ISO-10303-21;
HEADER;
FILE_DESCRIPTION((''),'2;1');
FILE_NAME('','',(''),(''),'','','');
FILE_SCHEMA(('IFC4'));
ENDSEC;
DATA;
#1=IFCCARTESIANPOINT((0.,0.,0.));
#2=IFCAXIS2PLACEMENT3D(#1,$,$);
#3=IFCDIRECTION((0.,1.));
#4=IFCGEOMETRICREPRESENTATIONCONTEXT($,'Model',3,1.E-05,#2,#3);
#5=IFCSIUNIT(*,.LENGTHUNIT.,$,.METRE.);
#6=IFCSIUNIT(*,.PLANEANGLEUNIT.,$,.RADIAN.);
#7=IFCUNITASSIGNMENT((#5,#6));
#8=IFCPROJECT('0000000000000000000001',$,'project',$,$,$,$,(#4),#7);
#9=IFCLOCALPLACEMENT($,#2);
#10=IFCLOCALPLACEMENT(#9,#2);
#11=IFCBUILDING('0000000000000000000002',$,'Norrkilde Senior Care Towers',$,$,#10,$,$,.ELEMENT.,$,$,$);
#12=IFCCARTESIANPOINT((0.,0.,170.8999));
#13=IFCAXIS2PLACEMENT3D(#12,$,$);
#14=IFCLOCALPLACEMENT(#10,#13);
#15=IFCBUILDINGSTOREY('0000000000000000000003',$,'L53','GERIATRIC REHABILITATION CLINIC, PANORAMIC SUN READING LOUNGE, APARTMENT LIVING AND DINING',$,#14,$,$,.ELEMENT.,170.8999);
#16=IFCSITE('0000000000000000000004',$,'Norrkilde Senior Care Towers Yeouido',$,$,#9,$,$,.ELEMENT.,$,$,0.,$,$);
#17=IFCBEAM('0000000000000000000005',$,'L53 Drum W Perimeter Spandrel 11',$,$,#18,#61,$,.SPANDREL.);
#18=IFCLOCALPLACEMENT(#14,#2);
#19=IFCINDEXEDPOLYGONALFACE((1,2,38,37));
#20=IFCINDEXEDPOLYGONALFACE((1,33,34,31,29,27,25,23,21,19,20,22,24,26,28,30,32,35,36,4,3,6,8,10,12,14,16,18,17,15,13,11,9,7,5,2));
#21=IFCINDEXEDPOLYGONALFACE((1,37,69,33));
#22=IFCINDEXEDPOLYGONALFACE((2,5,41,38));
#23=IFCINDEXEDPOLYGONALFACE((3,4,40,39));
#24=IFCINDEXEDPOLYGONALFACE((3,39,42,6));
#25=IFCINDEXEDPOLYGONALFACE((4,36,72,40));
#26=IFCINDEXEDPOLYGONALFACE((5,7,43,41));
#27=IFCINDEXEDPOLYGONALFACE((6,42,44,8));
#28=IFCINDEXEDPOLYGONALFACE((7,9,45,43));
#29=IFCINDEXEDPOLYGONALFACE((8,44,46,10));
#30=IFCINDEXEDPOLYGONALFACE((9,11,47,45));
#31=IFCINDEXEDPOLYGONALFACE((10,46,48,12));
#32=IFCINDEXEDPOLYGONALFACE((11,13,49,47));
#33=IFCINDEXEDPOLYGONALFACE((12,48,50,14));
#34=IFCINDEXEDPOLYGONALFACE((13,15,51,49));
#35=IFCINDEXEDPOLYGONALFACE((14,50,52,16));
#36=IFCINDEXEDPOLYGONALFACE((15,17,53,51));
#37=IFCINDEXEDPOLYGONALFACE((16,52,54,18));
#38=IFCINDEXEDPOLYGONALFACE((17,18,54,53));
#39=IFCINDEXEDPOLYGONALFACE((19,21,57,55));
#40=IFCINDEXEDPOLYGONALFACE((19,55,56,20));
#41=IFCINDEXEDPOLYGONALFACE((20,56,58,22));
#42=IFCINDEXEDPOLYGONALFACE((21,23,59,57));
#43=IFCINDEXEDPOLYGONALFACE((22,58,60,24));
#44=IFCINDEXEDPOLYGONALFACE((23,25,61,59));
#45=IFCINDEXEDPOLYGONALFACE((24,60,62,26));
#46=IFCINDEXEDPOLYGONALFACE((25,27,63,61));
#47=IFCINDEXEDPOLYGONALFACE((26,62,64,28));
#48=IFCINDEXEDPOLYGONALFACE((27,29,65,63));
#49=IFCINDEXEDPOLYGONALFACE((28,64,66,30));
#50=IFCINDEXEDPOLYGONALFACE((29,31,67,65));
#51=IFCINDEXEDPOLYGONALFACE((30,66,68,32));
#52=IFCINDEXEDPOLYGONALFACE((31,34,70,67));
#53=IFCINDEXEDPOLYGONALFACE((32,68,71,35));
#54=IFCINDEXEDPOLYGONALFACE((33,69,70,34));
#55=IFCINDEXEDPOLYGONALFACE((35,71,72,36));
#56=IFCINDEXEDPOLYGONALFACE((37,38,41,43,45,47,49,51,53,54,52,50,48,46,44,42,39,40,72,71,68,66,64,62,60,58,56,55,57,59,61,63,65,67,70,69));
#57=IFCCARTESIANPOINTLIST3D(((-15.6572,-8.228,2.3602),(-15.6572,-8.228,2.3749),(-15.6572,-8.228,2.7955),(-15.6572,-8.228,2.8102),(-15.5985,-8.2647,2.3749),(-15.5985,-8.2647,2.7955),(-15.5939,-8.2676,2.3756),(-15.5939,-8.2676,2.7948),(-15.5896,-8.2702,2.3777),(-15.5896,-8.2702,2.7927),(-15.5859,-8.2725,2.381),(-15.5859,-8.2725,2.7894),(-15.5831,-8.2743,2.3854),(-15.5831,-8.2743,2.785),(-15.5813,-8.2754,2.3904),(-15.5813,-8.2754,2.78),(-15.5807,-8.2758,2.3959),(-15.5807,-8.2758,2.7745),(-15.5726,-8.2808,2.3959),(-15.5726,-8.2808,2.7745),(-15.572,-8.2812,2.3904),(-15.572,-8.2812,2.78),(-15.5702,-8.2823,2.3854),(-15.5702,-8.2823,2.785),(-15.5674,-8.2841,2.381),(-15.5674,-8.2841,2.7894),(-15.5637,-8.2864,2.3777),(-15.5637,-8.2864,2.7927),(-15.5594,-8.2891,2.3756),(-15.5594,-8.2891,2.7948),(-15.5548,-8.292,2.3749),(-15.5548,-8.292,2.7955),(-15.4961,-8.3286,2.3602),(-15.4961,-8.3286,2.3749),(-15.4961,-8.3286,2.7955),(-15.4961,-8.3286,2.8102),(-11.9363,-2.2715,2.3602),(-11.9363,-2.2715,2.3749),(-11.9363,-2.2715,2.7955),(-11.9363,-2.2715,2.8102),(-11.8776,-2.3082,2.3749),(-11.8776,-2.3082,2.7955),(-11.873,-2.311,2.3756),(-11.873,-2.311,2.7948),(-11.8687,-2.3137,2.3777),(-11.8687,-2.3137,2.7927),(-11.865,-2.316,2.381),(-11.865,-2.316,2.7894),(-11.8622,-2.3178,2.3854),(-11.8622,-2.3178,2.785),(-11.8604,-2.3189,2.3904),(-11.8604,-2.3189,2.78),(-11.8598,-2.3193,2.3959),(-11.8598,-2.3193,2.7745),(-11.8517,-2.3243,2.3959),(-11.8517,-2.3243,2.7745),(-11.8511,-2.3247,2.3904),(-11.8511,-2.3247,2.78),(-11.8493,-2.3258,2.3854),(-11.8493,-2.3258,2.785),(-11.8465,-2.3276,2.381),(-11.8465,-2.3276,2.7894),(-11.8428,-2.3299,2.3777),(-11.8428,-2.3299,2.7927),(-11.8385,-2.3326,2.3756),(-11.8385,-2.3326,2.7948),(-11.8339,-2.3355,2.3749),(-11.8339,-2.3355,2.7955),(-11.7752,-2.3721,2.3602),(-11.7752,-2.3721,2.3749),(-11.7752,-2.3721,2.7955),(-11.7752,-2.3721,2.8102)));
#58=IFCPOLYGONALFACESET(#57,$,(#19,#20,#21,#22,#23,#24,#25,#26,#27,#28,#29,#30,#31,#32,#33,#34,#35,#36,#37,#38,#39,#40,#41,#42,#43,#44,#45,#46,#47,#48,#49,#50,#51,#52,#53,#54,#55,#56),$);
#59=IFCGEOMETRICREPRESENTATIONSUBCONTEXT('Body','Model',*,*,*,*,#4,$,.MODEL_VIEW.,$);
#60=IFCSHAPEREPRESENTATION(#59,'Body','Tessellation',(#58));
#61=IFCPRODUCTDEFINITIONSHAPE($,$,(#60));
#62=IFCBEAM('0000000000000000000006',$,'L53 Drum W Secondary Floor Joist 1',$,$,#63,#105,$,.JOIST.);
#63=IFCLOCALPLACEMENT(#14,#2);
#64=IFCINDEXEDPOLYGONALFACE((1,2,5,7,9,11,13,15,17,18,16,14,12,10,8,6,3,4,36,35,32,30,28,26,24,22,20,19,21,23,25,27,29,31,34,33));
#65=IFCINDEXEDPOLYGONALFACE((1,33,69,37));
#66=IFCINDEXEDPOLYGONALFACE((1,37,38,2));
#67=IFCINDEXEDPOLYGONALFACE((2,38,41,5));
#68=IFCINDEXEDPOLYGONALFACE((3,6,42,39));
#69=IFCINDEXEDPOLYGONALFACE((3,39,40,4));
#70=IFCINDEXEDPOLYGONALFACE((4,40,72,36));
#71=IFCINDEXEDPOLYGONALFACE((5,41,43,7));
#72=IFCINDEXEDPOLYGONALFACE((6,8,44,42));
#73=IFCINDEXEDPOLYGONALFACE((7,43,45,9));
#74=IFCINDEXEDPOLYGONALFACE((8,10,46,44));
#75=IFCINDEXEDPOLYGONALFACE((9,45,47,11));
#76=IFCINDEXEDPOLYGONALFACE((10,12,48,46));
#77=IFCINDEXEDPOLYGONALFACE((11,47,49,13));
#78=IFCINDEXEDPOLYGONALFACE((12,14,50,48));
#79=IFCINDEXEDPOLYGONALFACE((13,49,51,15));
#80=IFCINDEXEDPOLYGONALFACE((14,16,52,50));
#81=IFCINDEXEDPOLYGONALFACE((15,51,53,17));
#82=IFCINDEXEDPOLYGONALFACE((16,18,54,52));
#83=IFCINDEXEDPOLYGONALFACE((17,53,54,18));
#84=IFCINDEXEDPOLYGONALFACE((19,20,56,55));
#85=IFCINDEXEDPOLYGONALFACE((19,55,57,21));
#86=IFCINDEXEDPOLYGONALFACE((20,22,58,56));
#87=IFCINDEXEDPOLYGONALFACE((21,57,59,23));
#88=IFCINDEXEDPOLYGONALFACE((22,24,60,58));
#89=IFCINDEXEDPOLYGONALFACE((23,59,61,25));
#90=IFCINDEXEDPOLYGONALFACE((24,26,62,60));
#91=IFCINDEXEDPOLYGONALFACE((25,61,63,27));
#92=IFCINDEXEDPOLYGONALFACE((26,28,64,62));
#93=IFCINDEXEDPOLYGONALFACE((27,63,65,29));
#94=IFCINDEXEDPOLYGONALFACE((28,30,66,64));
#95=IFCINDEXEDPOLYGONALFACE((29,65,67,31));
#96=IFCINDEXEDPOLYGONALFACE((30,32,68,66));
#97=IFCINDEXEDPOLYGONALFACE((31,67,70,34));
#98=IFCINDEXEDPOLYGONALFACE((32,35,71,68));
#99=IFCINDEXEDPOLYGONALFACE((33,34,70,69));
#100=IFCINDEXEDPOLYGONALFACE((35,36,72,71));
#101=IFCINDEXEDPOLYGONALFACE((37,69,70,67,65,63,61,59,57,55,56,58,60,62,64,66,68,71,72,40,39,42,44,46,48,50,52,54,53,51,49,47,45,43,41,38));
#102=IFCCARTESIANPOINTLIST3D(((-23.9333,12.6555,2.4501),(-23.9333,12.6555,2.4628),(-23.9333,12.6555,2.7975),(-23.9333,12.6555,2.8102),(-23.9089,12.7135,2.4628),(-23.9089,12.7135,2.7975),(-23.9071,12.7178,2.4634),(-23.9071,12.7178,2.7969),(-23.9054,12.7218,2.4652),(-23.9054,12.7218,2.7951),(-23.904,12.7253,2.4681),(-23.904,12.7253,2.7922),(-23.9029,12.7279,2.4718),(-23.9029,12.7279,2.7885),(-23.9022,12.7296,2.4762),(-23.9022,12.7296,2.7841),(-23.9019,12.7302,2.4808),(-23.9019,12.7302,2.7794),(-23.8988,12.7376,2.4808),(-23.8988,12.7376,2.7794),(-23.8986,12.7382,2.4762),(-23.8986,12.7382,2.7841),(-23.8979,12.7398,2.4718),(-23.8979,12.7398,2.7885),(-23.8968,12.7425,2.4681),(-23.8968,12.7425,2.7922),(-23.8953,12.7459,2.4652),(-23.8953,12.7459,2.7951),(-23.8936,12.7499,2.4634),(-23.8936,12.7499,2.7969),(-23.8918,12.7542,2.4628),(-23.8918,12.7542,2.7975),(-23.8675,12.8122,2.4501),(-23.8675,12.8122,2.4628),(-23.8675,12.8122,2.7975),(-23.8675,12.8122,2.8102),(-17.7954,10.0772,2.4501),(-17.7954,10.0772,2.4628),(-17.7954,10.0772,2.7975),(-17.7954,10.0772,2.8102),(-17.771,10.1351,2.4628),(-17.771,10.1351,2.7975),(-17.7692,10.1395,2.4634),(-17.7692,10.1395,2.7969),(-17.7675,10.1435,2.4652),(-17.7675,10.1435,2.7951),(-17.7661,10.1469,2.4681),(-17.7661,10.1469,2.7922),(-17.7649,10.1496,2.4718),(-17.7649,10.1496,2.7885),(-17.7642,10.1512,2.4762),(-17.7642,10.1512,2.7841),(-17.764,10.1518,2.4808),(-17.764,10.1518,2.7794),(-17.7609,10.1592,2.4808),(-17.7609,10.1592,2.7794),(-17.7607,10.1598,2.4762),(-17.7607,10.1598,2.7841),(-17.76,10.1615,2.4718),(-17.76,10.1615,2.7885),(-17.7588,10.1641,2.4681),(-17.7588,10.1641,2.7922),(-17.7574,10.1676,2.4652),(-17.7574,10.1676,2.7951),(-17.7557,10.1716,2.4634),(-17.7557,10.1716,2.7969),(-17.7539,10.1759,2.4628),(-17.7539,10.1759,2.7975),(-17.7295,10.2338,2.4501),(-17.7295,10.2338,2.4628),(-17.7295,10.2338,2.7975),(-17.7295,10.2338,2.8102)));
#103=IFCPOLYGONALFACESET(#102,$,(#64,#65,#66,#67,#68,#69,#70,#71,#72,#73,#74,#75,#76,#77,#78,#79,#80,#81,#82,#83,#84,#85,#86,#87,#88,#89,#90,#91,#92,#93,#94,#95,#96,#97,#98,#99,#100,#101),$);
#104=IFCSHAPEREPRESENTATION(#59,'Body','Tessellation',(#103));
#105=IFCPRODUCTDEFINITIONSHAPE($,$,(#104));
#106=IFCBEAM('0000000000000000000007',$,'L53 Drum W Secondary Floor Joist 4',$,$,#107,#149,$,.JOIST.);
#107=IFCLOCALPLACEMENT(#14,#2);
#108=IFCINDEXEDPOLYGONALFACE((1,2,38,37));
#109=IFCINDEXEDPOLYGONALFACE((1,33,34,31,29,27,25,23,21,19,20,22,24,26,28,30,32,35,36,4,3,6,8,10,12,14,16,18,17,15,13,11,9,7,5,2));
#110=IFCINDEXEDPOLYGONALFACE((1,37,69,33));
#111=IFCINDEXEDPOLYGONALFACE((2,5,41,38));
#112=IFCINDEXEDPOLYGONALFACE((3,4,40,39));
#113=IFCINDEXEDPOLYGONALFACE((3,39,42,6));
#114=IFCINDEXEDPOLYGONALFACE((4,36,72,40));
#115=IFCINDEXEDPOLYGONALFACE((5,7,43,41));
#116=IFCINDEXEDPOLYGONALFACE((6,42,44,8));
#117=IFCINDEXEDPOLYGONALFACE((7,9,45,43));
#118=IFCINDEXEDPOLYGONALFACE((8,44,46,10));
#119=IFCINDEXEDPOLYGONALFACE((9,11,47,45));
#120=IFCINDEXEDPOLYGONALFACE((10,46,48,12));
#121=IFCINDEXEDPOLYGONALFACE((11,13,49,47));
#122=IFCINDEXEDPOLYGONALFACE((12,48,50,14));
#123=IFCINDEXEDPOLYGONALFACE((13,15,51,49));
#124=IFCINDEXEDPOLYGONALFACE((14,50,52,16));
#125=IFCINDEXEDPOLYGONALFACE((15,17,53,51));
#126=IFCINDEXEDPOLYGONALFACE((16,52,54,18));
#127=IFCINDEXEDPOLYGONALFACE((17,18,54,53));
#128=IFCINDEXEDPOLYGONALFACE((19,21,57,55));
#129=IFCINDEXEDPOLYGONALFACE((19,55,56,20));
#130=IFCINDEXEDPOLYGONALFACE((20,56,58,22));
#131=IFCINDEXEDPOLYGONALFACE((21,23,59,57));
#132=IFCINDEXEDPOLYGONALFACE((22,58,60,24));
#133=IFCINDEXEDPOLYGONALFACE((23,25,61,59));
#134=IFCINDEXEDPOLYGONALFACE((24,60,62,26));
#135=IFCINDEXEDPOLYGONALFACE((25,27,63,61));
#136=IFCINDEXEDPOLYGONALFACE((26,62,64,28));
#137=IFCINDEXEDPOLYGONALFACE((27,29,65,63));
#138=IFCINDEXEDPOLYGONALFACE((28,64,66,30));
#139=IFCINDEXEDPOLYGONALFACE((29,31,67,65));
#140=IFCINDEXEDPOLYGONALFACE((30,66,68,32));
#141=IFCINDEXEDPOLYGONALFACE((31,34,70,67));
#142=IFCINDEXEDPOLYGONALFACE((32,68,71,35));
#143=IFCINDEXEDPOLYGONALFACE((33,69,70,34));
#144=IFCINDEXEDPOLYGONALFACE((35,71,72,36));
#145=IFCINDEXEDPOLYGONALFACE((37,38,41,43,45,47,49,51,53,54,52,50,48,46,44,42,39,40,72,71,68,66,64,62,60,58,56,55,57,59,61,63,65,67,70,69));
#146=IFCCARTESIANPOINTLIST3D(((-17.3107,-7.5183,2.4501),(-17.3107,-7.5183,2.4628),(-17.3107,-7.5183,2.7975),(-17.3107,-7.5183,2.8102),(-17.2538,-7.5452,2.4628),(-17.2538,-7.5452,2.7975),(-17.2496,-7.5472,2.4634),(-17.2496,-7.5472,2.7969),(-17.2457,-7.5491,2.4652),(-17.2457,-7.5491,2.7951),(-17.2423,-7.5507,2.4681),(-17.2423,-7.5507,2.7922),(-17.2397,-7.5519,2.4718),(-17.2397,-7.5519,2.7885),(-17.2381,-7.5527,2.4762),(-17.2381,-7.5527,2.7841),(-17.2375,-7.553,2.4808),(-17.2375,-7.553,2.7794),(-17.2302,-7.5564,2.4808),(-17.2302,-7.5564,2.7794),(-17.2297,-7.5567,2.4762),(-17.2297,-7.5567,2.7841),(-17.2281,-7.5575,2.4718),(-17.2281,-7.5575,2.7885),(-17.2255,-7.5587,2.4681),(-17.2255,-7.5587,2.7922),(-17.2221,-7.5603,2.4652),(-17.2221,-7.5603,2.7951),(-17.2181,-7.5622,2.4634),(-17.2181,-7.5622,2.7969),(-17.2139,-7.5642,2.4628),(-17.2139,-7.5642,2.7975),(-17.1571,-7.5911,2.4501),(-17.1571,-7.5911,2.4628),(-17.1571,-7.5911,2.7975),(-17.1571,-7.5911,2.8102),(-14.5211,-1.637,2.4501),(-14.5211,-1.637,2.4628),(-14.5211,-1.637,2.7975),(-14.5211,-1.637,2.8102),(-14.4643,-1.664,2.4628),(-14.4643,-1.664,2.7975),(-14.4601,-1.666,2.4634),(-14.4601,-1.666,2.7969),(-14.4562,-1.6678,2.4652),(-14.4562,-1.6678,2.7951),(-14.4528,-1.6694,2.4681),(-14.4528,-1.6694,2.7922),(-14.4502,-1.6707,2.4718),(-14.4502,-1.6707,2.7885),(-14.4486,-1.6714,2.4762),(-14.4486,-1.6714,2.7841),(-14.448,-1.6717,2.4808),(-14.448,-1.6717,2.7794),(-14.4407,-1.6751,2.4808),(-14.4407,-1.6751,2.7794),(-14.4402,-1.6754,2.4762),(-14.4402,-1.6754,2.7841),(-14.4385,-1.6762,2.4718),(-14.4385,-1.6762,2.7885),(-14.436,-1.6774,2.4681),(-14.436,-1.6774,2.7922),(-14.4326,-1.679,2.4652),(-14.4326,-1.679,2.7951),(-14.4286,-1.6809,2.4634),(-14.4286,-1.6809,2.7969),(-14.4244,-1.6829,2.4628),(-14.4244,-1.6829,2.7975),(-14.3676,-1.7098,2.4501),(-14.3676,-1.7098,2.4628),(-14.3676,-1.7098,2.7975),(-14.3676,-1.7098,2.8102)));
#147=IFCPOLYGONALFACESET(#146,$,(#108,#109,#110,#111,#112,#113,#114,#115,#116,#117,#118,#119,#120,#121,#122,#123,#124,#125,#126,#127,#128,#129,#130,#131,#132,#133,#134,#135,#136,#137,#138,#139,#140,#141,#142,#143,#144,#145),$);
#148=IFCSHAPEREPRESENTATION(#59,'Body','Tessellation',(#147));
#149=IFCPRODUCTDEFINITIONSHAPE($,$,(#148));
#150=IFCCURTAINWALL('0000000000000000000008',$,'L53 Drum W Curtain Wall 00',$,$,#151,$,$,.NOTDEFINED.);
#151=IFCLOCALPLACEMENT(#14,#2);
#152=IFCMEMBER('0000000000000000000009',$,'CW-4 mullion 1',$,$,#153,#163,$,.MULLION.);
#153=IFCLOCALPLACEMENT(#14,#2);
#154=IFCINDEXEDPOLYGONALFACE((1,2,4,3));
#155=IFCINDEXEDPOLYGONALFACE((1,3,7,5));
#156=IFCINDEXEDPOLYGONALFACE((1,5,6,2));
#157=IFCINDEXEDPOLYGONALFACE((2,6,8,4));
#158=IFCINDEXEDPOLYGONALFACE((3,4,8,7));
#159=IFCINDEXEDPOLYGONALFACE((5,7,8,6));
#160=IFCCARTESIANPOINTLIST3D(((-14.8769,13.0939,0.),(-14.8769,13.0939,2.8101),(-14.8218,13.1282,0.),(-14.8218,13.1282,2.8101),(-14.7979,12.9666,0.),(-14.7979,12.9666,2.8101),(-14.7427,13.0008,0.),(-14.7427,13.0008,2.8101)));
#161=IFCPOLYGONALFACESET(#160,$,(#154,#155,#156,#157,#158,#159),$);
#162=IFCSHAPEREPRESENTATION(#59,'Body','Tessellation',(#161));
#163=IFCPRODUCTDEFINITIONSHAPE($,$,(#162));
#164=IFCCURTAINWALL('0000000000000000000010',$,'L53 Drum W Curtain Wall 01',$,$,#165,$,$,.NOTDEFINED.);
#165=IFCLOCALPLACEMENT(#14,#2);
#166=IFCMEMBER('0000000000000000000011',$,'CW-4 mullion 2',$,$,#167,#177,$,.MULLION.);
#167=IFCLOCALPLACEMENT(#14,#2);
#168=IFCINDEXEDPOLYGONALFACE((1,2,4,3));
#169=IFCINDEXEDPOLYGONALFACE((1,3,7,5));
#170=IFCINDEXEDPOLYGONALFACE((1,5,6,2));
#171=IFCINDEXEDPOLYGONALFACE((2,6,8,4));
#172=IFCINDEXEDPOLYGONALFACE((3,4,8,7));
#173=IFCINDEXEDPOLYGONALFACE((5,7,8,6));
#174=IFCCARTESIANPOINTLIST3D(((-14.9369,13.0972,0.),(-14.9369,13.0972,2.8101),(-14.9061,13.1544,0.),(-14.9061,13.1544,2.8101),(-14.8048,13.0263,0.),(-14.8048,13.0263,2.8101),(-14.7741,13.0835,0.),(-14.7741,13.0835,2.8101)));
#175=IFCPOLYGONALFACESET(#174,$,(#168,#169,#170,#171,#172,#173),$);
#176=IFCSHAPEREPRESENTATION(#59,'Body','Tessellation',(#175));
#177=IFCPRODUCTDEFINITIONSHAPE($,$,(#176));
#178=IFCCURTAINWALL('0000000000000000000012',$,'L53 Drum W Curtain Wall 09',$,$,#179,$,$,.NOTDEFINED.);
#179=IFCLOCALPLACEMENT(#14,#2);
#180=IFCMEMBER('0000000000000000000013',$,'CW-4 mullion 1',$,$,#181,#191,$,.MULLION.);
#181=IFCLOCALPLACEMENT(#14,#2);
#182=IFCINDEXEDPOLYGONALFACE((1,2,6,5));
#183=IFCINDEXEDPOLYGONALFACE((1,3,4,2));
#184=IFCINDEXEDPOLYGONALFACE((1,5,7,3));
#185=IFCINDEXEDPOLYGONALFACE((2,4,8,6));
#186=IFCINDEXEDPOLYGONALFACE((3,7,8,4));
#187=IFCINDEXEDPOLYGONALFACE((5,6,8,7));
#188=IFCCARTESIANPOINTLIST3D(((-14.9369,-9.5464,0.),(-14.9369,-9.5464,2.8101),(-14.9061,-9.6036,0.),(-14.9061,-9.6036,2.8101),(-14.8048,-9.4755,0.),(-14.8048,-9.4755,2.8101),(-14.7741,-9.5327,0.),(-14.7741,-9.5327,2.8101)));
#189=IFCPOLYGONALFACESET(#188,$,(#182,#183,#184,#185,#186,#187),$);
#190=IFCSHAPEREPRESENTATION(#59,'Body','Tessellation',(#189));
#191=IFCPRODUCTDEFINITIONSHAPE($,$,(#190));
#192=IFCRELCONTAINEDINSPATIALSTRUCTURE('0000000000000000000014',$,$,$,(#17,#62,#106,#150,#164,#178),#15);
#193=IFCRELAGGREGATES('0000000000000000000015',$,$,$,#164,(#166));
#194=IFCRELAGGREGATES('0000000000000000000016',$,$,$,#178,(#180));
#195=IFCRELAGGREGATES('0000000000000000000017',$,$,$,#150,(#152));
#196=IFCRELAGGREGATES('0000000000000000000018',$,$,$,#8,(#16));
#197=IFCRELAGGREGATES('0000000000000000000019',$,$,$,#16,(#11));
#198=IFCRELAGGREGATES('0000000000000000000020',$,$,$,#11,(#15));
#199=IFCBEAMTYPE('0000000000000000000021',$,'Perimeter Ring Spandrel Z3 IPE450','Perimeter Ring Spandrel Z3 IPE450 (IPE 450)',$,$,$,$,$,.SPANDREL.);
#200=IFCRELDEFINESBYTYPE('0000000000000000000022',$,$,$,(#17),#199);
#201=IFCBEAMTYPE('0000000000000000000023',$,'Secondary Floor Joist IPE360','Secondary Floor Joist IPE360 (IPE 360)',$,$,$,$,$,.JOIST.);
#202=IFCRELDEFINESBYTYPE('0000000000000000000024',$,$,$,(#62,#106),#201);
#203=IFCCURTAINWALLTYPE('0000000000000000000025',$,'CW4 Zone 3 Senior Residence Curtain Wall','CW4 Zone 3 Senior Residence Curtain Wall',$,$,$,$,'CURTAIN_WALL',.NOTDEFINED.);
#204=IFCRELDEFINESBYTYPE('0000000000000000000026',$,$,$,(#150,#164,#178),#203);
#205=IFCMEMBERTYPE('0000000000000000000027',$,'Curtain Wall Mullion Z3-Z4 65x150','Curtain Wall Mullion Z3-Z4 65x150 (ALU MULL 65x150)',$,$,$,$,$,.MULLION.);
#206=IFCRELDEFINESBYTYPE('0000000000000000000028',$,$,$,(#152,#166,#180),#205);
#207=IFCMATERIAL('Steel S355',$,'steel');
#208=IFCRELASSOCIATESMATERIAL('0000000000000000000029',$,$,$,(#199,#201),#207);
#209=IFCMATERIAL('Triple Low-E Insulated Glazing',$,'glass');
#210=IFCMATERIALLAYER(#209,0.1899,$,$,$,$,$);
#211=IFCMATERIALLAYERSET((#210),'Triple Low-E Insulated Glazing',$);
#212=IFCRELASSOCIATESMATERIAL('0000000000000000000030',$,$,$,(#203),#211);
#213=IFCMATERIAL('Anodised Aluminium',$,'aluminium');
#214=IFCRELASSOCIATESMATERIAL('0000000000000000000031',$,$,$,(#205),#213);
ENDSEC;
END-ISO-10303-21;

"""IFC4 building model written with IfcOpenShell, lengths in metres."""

from ifc_helpers import new_model, si_unit, direction, frame, origin, origin_2d, place, context, subcontext, project, spatial, rectangle, i_section, extrude, source, transform, mapped, material, layer, layer_set, material_profile, profile_set, type_object, type_shapes, element, aggregate, save


model = new_model("IFC4")

# Units and contexts
model_context = context("Model", 3, precision=1e-05, world=origin(), true_north=direction((0.0, 1.0)))
body_context = subcontext(model_context, "Body", "Model", "MODEL_VIEW")
ifc_project = project(units=[si_unit("LENGTHUNIT", "METRE"), si_unit("PLANEANGLEUNIT", "RADIAN")], contexts=[model_context])

# Site, building, storey
site_placement = place(None, origin())
site = spatial("IfcSite", under=ifc_project, at=site_placement, Name="Norrkilde Senior Care Towers Yeouido", CompositionType="ELEMENT", RefElevation=0.0)
building_placement = place(site_placement, origin())
building = spatial("IfcBuilding", under=site, at=building_placement, Name="Norrkilde Senior Care Towers", CompositionType="ELEMENT")
storey_placement = place(building_placement, frame((0.0, 0.0, 170.8999)))
storey = spatial("IfcBuildingStorey", under=building, at=storey_placement, Name="L53", Description="GERIATRIC REHABILITATION CLINIC, PANORAMIC SUN READING LOUNGE, APARTMENT LIVING AND DINING", CompositionType="ELEMENT", Elevation=170.8999)

# Beams
ifc_material_1 = material(Name="Steel S355", Category="steel")
ifc_material_profile_1 = material_profile(ifc_material_1, i_section(OverallWidth=0.1899, OverallDepth=0.45, WebThickness=0.0095, FlangeThickness=0.0146, FilletRadius=0.021, at=origin_2d()), Name="IPE 450")
ifc_profile_set_1 = profile_set([ifc_material_profile_1], Name="Steel S355")
beam_type_1 = type_object("IfcBeamType", Name="Perimeter Ring Spandrel Z3 IPE450", Description="Perimeter Ring Spandrel Z3 IPE450 (IPE 450)", PredefinedType="SPANDREL", material=ifc_profile_set_1)
shared_shape_1 = source(origin(), body_context, "Body", "SweptSolid", [
    extrude(i_section(OverallWidth=0.1899, OverallDepth=0.45, WebThickness=0.0095, FlangeThickness=0.0146, FilletRadius=0.021, at=origin_2d()), origin(), (0.0, 0.0, 1.0), 7.0232),
])
beam_1_placement = place(storey_placement, frame((-15.5767, -8.2783, 2.5852), z_axis=(0.529805, 0.848119, 0.0), x_axis=(-0.848119, 0.529805, 0.0)))
element("IfcBeam", 1, at=beam_1_placement, inside=storey, type_object=beam_type_1, Name="L53 Drum W Perimeter Spandrel 11", PredefinedType="SPANDREL", context=body_context, shape_type="MappedRepresentation", body=[
    mapped(shared_shape_1, transform((0.0, 0.0, 0.0), x_axis=(1.0, 0.0, 0.0), y_axis=(0.0, 1.0, 0.0), z_axis=(0.0, 0.0, 1.0), scale=1.0)),
])
ifc_material_profile_2 = material_profile(ifc_material_1, i_section(OverallWidth=0.1699, OverallDepth=0.3601, WebThickness=0.0081, FlangeThickness=0.0127, FilletRadius=0.0181, at=origin_2d()), Name="IPE 360")
ifc_profile_set_2 = profile_set([ifc_material_profile_2], Name="Steel S355")
beam_type_2 = type_object("IfcBeamType", Name="Secondary Floor Joist IPE360", Description="Secondary Floor Joist IPE360 (IPE 360)", PredefinedType="JOIST", material=ifc_profile_set_2)
shared_shape_2 = source(origin(), body_context, "Body", "SweptSolid", [
    extrude(i_section(OverallWidth=0.1699, OverallDepth=0.3601, WebThickness=0.0081, FlangeThickness=0.0127, FilletRadius=0.0181, at=origin_2d()), origin(), (0.0, 0.0, 1.0), 6.6575),
])
beam_2_placement = place(storey_placement, frame((-17.7625, 10.1555, 2.6301), z_axis=(-0.921959, 0.387288, 0.0), x_axis=(-0.387288, -0.921959, 0.0)))
element("IfcBeam", 2, at=beam_2_placement, inside=storey, type_object=beam_type_2, Name="L53 Drum W Secondary Floor Joist 1", PredefinedType="JOIST", context=body_context, shape_type="MappedRepresentation", body=[
    mapped(shared_shape_2, transform((0.0, 0.0, 0.0), x_axis=(1.0, 0.0, 0.0), y_axis=(0.0, 1.0, 0.0), z_axis=(0.0, 0.0, 1.0), scale=1.0)),
])
shared_shape_3 = source(origin(), body_context, "Body", "SweptSolid", [
    extrude(i_section(OverallWidth=0.1699, OverallDepth=0.3601, WebThickness=0.0081, FlangeThickness=0.0127, FilletRadius=0.0181, at=origin_2d()), origin(), (0.0, 0.0, 1.0), 6.5093),
])
type_shapes(beam_type_2, [shared_shape_2, shared_shape_3])
beam_3_placement = place(storey_placement, frame((-17.2339, -7.5547, 2.6301), z_axis=(0.428544, 0.903521, 0.0), x_axis=(-0.903521, 0.428544, 0.0)))
element("IfcBeam", 3, at=beam_3_placement, inside=storey, type_object=beam_type_2, Name="L53 Drum W Secondary Floor Joist 4", PredefinedType="JOIST", context=body_context, shape_type="MappedRepresentation", body=[
    mapped(shared_shape_3, transform((0.0, 0.0, 0.0), x_axis=(1.0, 0.0, 0.0), y_axis=(0.0, 1.0, 0.0), z_axis=(0.0, 0.0, 1.0), scale=1.0)),
])

# Curtain walls, members
ifc_material_2 = material(Name="Triple Low-E Insulated Glazing", Category="glass")
ifc_layer_1 = layer(ifc_material_2, 0.1899)
ifc_layer_set_1 = layer_set([ifc_layer_1], Name="Triple Low-E Insulated Glazing")
curtain_wall_type = type_object("IfcCurtainWallType", Name="CW4 Zone 3 Senior Residence Curtain Wall", Description="CW4 Zone 3 Senior Residence Curtain Wall", ElementType="CURTAIN_WALL", PredefinedType="NOTDEFINED", material=ifc_layer_set_1)
curtain_wall_1_placement = place(storey_placement, origin())
curtain_wall_1 = element("IfcCurtainWall", 4, at=curtain_wall_1_placement, inside=storey, type_object=curtain_wall_type, Name="L53 Drum W Curtain Wall 00", PredefinedType="NOTDEFINED")
ifc_material_3 = material(Name="Anodised Aluminium", Category="aluminium")
ifc_material_profile_3 = material_profile(ifc_material_3, rectangle(XDim=0.0649, YDim=0.1499, at=origin_2d()), Name="ALU MULL 65x150")
ifc_profile_set_3 = profile_set([ifc_material_profile_3], Name="Anodised Aluminium")
member_type_1 = type_object("IfcMemberType", Name="Curtain Wall Mullion Z3-Z4 65x150", Description="Curtain Wall Mullion Z3-Z4 65x150 (ALU MULL 65x150)", PredefinedType="MULLION", material=ifc_profile_set_3)
shared_shape_4 = source(origin(), body_context, "Body", "SweptSolid", [
    extrude(rectangle(XDim=0.0649, YDim=0.1499, at=origin_2d()), origin(), (0.0, 0.0, 1.0), 2.8101),
])
type_shapes(member_type_1, [shared_shape_4])
member_1_placement = place(storey_placement, frame((-14.8098, 13.0474, 0.0), z_axis=(0.0, 0.0, 1.0), x_axis=(0.849634, 0.527373, 0.0)))
member_1 = element("IfcMember", 5, at=member_1_placement, type_object=member_type_1, Name="CW-4 mullion 1", PredefinedType="MULLION", context=body_context, shape_type="MappedRepresentation", body=[
    mapped(shared_shape_4, transform((0.0, 0.0, 0.0), x_axis=(1.0, 0.0, 0.0), y_axis=(0.0, 1.0, 0.0), z_axis=(0.0, 0.0, 1.0), scale=1.0)),
])
curtain_wall_2_placement = place(storey_placement, origin())
curtain_wall_2 = element("IfcCurtainWall", 6, at=curtain_wall_2_placement, inside=storey, type_object=curtain_wall_type, Name="L53 Drum W Curtain Wall 01", PredefinedType="NOTDEFINED")
member_2_placement = place(storey_placement, frame((-14.8555, 13.0903, 0.0), z_axis=(0.0, 0.0, 1.0), x_axis=(0.473117, 0.881, 0.0)))
member_2 = element("IfcMember", 7, at=member_2_placement, type_object=member_type_1, Name="CW-4 mullion 2", PredefinedType="MULLION", context=body_context, shape_type="MappedRepresentation", body=[
    mapped(shared_shape_4, transform((0.0, 0.0, 0.0), x_axis=(1.0, 0.0, 0.0), y_axis=(0.0, 1.0, 0.0), z_axis=(0.0, 0.0, 1.0), scale=1.0)),
])
aggregate(curtain_wall_2, [member_2])
curtain_wall_3_placement = place(storey_placement, origin())
curtain_wall_3 = element("IfcCurtainWall", 8, at=curtain_wall_3_placement, inside=storey, type_object=curtain_wall_type, Name="L53 Drum W Curtain Wall 09", PredefinedType="NOTDEFINED")
member_3_placement = place(storey_placement, frame((-14.8555, -9.5396, 0.0), z_axis=(0.0, 0.0, 1.0), x_axis=(0.473117, -0.881, 0.0)))
member_3 = element("IfcMember", 9, at=member_3_placement, type_object=member_type_1, Name="CW-4 mullion 1", PredefinedType="MULLION", context=body_context, shape_type="MappedRepresentation", body=[
    mapped(shared_shape_4, transform((0.0, 0.0, 0.0), x_axis=(1.0, 0.0, 0.0), y_axis=(0.0, 1.0, 0.0), z_axis=(0.0, 0.0, 1.0), scale=1.0)),
])

aggregate(curtain_wall_3, [member_3])

aggregate(curtain_wall_1, [member_1])

save(model, "model.ifc")
